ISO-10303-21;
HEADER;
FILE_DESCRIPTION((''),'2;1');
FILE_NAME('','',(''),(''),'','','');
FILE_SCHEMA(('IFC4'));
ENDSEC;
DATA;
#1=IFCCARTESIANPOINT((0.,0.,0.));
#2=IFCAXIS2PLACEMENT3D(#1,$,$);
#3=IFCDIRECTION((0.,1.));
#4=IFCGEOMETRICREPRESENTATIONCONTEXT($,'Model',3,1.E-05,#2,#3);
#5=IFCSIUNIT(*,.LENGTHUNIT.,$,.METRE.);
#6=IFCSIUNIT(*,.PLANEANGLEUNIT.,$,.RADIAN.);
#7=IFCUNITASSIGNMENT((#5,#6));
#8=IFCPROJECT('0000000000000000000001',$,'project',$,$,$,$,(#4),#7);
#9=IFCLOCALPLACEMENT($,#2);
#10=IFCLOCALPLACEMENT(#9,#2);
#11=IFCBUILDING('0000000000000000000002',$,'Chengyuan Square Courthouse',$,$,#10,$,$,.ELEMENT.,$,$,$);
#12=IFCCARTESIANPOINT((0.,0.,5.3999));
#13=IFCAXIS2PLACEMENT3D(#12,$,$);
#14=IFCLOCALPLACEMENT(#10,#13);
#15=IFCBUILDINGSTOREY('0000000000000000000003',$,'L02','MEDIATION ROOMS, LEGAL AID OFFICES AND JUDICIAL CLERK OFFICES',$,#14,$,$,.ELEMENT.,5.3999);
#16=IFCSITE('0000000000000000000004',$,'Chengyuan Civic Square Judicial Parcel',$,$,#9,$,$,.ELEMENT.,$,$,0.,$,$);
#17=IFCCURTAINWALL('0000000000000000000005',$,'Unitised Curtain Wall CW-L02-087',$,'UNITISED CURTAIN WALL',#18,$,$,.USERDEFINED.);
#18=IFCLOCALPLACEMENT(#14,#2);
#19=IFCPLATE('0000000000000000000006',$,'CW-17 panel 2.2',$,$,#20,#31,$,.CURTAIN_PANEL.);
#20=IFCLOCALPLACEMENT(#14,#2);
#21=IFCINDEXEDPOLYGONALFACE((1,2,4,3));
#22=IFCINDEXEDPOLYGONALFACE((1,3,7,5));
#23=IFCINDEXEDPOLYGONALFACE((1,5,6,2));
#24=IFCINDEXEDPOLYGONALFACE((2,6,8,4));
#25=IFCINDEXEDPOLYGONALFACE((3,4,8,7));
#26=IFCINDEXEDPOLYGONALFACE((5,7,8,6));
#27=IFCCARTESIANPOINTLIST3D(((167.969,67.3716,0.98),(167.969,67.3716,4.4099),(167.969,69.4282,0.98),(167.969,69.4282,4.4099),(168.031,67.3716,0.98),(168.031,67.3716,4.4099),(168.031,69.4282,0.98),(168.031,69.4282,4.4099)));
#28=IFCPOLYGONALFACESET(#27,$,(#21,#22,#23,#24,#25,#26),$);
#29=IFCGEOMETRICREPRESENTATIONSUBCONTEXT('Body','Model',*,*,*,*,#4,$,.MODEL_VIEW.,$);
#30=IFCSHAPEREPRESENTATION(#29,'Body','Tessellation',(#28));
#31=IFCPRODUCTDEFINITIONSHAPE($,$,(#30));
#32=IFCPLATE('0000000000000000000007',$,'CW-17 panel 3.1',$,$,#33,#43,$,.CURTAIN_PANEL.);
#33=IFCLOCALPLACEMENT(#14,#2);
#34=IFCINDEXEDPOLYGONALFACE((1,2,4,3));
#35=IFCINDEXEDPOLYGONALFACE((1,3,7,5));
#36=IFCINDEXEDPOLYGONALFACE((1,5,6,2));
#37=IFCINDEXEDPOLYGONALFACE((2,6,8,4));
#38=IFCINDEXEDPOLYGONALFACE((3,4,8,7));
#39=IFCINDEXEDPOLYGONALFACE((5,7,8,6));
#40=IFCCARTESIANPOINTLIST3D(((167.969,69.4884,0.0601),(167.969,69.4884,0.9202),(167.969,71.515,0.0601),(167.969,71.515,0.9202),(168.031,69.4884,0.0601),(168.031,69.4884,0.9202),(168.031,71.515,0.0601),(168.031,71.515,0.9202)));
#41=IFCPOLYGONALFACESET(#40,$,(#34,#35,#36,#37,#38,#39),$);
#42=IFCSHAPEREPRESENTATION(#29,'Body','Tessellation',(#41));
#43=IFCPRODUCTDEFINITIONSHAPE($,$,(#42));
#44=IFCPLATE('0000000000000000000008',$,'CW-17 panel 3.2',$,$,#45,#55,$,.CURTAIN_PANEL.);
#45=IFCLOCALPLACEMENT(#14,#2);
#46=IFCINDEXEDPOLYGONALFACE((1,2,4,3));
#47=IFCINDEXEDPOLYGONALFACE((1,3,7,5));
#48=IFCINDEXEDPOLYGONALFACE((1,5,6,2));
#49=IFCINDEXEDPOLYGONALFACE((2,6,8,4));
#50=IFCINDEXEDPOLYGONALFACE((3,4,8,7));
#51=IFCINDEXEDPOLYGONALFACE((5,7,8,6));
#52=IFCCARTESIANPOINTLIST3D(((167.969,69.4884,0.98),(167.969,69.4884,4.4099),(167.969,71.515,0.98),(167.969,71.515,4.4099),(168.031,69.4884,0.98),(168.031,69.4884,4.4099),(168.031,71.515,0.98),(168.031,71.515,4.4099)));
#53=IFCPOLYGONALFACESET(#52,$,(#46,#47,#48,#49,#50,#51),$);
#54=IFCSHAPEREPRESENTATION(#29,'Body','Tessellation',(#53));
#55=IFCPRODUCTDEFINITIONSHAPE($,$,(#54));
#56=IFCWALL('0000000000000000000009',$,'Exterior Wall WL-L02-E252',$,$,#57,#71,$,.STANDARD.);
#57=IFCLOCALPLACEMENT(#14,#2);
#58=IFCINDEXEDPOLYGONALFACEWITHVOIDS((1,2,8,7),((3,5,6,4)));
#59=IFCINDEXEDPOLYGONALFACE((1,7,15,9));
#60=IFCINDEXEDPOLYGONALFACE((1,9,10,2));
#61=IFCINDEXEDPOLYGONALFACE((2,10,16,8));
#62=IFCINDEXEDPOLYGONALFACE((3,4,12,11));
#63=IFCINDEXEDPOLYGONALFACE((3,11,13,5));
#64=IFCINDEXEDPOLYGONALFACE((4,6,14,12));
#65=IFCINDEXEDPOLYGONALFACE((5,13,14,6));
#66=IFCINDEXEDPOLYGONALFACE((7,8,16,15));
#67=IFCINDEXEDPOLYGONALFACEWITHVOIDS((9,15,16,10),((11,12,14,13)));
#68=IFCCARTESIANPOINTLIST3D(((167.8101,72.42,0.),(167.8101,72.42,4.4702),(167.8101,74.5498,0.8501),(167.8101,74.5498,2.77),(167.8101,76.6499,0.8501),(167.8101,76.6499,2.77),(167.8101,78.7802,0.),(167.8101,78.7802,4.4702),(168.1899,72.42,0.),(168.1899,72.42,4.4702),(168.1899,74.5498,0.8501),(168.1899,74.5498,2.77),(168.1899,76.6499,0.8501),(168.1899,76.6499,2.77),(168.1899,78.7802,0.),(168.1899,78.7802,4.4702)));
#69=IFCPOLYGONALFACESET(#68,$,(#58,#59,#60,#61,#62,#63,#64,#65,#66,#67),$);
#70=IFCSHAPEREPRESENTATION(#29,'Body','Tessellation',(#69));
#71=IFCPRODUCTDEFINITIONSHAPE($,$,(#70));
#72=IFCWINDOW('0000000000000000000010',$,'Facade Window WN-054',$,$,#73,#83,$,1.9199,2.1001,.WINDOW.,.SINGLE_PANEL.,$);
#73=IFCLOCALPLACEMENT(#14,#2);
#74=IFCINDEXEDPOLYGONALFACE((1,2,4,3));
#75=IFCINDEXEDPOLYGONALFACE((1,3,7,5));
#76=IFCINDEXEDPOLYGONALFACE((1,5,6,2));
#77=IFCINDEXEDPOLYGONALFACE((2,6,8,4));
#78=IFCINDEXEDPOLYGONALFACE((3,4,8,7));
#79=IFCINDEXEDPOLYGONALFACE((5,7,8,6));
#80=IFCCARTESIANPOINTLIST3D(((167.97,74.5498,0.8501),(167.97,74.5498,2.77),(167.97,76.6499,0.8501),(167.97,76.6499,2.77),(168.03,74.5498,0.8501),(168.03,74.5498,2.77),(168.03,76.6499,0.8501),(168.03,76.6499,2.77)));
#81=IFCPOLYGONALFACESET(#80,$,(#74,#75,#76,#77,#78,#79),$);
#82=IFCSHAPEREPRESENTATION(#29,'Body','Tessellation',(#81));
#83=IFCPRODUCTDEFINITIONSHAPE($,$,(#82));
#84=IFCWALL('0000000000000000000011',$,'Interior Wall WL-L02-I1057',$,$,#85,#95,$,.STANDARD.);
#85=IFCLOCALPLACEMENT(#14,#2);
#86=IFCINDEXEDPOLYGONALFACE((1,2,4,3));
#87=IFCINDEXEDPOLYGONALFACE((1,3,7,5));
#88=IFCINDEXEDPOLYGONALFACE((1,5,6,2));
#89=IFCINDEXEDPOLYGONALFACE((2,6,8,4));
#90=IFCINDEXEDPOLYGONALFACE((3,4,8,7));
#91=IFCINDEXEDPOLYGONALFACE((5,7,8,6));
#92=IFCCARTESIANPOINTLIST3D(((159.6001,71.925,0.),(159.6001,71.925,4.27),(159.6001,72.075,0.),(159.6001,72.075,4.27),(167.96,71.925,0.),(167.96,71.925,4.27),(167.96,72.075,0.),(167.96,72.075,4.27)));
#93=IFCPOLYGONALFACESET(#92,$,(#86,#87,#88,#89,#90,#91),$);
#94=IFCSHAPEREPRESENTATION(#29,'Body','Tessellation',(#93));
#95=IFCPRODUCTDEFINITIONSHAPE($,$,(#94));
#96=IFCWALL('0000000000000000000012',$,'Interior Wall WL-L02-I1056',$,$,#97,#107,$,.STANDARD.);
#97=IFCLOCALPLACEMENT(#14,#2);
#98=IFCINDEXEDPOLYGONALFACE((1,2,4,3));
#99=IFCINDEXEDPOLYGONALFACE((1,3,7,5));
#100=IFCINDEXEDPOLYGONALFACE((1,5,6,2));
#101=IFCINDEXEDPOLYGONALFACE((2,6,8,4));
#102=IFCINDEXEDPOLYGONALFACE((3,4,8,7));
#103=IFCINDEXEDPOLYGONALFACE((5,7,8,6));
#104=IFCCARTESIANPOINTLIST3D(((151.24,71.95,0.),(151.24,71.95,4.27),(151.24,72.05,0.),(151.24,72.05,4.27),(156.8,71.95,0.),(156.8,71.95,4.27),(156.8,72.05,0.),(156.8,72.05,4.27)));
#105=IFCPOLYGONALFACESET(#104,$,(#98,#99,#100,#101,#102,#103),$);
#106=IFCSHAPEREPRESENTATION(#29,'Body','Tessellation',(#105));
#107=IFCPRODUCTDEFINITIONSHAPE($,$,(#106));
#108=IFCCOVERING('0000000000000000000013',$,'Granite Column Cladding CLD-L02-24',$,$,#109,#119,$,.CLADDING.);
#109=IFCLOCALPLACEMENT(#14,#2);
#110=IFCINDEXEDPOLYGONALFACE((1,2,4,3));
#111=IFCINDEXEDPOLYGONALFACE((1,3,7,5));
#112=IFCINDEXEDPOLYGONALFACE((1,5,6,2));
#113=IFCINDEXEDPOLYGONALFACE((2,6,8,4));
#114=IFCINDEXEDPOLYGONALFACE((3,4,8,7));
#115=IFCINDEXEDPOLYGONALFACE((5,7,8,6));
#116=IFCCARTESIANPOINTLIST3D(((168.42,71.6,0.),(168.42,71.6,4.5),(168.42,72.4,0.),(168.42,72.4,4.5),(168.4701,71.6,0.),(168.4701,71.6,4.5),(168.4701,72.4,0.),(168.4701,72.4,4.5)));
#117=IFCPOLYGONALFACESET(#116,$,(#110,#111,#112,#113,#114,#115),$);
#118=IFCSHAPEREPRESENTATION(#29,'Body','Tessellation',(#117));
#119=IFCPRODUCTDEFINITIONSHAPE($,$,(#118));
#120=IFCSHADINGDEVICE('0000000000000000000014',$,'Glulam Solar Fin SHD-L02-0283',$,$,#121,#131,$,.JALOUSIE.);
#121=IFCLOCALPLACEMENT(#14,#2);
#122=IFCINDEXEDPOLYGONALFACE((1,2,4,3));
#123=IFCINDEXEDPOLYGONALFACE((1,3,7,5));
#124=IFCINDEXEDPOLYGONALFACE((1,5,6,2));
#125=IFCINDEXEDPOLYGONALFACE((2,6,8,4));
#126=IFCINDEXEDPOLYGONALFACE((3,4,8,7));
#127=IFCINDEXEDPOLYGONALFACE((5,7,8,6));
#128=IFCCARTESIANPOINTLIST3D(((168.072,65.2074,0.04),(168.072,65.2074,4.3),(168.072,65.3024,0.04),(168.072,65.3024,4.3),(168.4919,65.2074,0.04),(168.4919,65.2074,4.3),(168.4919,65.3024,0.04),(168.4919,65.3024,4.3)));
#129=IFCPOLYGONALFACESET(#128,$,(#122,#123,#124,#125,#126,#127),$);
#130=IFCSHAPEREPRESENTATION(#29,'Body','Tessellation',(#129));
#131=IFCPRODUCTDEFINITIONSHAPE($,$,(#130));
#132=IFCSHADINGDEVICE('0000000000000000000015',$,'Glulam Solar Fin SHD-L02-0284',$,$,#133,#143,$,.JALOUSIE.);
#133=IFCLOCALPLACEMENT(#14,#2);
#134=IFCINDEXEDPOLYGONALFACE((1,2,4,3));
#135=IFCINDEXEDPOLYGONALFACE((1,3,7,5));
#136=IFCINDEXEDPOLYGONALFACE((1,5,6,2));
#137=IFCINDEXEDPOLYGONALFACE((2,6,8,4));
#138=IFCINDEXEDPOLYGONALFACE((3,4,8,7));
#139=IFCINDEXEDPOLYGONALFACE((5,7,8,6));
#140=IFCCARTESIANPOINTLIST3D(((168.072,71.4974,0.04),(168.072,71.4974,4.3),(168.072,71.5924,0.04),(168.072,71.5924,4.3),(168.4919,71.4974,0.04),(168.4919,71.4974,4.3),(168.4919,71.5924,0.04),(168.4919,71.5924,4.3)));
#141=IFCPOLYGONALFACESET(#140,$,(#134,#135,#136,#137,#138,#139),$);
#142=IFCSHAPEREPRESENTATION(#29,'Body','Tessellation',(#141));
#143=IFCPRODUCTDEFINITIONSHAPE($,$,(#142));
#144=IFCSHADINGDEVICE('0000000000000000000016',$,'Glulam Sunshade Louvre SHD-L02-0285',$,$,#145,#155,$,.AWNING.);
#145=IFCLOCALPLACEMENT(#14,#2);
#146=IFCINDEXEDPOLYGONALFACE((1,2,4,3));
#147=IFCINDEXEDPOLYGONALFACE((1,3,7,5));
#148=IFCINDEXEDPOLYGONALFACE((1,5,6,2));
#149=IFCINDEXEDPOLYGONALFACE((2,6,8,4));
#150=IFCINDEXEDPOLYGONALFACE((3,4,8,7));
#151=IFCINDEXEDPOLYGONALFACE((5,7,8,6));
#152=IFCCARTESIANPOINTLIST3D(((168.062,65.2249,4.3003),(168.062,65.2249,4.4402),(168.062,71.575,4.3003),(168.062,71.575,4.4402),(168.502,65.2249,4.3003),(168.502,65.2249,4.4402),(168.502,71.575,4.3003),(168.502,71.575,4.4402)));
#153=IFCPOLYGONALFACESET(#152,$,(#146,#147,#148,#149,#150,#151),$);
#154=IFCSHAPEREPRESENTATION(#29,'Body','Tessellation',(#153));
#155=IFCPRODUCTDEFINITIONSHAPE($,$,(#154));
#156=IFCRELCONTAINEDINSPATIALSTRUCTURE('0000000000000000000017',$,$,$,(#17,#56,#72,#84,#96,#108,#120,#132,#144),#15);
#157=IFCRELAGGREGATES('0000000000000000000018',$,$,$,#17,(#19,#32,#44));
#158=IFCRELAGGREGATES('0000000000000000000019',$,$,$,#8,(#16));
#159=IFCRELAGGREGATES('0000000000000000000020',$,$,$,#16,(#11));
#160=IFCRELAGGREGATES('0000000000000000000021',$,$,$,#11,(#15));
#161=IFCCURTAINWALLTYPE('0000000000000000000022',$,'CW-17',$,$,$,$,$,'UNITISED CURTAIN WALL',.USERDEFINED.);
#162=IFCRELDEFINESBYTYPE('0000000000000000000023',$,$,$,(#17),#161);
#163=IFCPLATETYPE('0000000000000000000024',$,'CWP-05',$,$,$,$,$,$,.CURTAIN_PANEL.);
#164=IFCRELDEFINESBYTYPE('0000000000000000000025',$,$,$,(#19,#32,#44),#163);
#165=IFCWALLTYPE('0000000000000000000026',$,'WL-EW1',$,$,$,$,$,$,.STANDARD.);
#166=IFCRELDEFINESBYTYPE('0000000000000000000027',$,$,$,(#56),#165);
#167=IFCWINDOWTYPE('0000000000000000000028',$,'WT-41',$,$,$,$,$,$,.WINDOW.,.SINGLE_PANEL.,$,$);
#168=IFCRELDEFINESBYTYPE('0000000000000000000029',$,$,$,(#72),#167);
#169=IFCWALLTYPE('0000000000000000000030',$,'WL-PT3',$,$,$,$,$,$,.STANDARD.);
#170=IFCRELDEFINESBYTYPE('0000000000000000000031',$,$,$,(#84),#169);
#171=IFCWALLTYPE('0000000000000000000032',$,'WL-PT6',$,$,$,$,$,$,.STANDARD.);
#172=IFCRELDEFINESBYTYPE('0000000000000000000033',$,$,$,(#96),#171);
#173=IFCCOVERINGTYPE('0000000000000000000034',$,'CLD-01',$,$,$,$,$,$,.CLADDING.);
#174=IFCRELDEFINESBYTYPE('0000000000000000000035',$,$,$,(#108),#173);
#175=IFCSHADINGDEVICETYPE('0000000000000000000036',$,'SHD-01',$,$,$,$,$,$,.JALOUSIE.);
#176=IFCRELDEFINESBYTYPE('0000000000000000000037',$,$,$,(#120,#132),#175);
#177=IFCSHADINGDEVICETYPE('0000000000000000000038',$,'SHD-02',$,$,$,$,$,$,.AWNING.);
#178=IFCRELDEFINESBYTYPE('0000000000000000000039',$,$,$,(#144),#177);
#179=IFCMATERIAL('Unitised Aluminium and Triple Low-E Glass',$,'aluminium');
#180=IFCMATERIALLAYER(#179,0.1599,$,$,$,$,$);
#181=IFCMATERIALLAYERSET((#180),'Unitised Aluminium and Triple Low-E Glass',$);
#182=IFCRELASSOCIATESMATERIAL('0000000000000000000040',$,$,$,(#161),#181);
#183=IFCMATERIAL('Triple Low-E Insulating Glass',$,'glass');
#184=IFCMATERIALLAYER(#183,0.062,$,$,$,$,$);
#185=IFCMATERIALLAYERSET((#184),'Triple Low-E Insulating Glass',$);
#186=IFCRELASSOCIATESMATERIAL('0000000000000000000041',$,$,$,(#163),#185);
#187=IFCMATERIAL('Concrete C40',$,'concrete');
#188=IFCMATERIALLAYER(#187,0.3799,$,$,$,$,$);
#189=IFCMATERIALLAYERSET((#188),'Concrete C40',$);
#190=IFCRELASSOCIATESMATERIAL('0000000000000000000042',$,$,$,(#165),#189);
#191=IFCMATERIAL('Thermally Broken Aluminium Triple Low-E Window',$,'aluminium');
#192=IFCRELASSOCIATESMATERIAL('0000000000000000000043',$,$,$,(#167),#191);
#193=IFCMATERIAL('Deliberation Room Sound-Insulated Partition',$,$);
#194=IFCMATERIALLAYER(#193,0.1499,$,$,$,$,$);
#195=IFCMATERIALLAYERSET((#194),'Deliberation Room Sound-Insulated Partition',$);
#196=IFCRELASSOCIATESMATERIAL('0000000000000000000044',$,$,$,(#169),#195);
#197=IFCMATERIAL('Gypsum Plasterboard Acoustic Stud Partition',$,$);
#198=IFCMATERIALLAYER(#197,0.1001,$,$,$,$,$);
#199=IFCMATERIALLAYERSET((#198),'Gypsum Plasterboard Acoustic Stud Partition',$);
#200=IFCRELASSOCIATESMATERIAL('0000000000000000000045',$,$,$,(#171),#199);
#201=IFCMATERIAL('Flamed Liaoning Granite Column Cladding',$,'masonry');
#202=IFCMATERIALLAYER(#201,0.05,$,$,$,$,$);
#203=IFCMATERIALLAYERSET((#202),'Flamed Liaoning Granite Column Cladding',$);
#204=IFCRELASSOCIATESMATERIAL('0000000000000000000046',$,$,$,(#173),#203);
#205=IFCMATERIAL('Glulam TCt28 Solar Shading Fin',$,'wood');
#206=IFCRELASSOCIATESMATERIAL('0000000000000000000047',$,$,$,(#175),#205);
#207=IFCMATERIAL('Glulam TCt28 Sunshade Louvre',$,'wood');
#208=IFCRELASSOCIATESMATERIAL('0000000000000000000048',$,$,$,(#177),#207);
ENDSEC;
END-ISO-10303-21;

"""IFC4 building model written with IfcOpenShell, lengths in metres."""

from ifc_helpers import new_model, si_unit, direction, frame, frame_2d, origin, origin_2d, place, context, subcontext, project, spatial, rectangle, extrude, material, layer, layer_set, type_object, element, fill, aggregate, save


model = new_model("IFC4")

# Units and contexts
model_context = context("Model", 3, precision=1e-05, world=origin(), true_north=direction((0.0, 1.0)))
body_context = subcontext(model_context, "Body", "Model", "MODEL_VIEW")
ifc_project = project(units=[si_unit("LENGTHUNIT", "METRE"), si_unit("PLANEANGLEUNIT", "RADIAN")], contexts=[model_context])

# Site, building, storey
site_placement = place(None, origin())
site = spatial("IfcSite", under=ifc_project, at=site_placement, Name="Chengyuan Civic Square Judicial Parcel", CompositionType="ELEMENT", RefElevation=0.0)
building_placement = place(site_placement, origin())
building = spatial("IfcBuilding", under=site, at=building_placement, Name="Chengyuan Square Courthouse", CompositionType="ELEMENT")
storey_placement = place(building_placement, frame((0.0, 0.0, 5.3999)))
storey = spatial("IfcBuildingStorey", under=building, at=storey_placement, Name="L02", Description="MEDIATION ROOMS, LEGAL AID OFFICES AND JUDICIAL CLERK OFFICES", CompositionType="ELEMENT", Elevation=5.3999)

# Shared definitions
ifc_material_1 = material(Name="Concrete C40", Category="concrete")

# Curtain wall, plates
ifc_material_2 = material(Name="Unitised Aluminium and Triple Low-E Glass", Category="aluminium")
ifc_layer_1 = layer(ifc_material_2, 0.1599)
ifc_layer_set_1 = layer_set([ifc_layer_1], Name="Unitised Aluminium and Triple Low-E Glass")
curtain_wall_type = type_object("IfcCurtainWallType", Name="CW-17", ElementType="UNITISED CURTAIN WALL", PredefinedType="USERDEFINED", material=ifc_layer_set_1)
curtain_wall_placement = place(storey_placement, origin())
curtain_wall = element("IfcCurtainWall", 1, at=curtain_wall_placement, inside=storey, type_object=curtain_wall_type, Name="Unitised Curtain Wall CW-L02-087", ObjectType="UNITISED CURTAIN WALL", PredefinedType="USERDEFINED")
ifc_material_3 = material(Name="Triple Low-E Insulating Glass", Category="glass")
ifc_layer_2 = layer(ifc_material_3, 0.062)
ifc_layer_set_2 = layer_set([ifc_layer_2], Name="Triple Low-E Insulating Glass")
plate_type = type_object("IfcPlateType", Name="CWP-05", PredefinedType="CURTAIN_PANEL", material=ifc_layer_set_2)
plate_1_placement = place(storey_placement, frame((168.0, 68.3999, 0.98), z_axis=(0.0, 0.0, 1.0), x_axis=(0.0, 1.0, 0.0)))
plate_1 = element("IfcPlate", 2, at=plate_1_placement, type_object=plate_type, Name="CW-17 panel 2.2", PredefinedType="CURTAIN_PANEL", context=body_context, shape_type="SweptSolid", body=[
    extrude(rectangle(XDim=2.0566, YDim=0.062, at=origin_2d()), origin(), (0.0, 0.0, 1.0), 3.4299),
])
plate_2_placement = place(storey_placement, frame((168.0, 70.5017, 0.0601), z_axis=(0.0, 0.0, 1.0), x_axis=(0.0, 1.0, 0.0)))
plate_2 = element("IfcPlate", 3, at=plate_2_placement, type_object=plate_type, Name="CW-17 panel 3.1", PredefinedType="CURTAIN_PANEL", context=body_context, shape_type="SweptSolid", body=[
    extrude(rectangle(XDim=2.0266, YDim=0.062, at=origin_2d()), origin(), (0.0, 0.0, 1.0), 0.8601),
])
plate_3_placement = place(storey_placement, frame((168.0, 70.5017, 0.98), z_axis=(0.0, 0.0, 1.0), x_axis=(0.0, 1.0, 0.0)))
plate_3 = element("IfcPlate", 4, at=plate_3_placement, type_object=plate_type, Name="CW-17 panel 3.2", PredefinedType="CURTAIN_PANEL", context=body_context, shape_type="SweptSolid", body=[
    extrude(rectangle(XDim=2.0266, YDim=0.062, at=origin_2d()), origin(), (0.0, 0.0, 1.0), 3.4299),
])
aggregate(curtain_wall, [plate_1, plate_2, plate_3])

# Wall, opening, window
ifc_layer_3 = layer(ifc_material_1, 0.3799)
ifc_layer_set_3 = layer_set([ifc_layer_3], Name="Concrete C40")
wall_type_1 = type_object("IfcWallType", Name="WL-EW1", PredefinedType="STANDARD", material=ifc_layer_set_3)
wall_1_placement = place(storey_placement, frame((168.0, 72.4199, 0.0), z_axis=(0.0, 0.0, 1.0), x_axis=(0.0, 1.0, 0.0)))
wall_1 = element("IfcWall", 5, at=wall_1_placement, inside=storey, type_object=wall_type_1, Name="Exterior Wall WL-L02-E252", PredefinedType="STANDARD", context=body_context, shape_type="SweptSolid", body=[
    extrude(rectangle(XDim=6.3601, YDim=0.3799, at=frame_2d((3.1802, 0.0))), origin(), (0.0, 0.0, 1.0), 4.4702),
])
opening_placement = place(wall_1_placement, frame((2.1299, 0.0, 0.8501)))
opening = element("IfcOpeningElement", 6, at=opening_placement, cuts=wall_1, PredefinedType="OPENING", context=body_context, shape_type="SweptSolid", body=[
    extrude(rectangle(XDim=2.1001, YDim=1.9199, at=frame_2d((1.05, 0.96))), frame((0.0, 0.2019, 0.0), z_axis=(0.0, -1.0, 0.0), x_axis=(1.0, 0.0, 0.0)), (0.0, 0.0, 1.0), 0.4038),
])
ifc_material_4 = material(Name="Thermally Broken Aluminium Triple Low-E Window", Category="aluminium")
window_type = type_object("IfcWindowType", Name="WT-41", PartitioningType="SINGLE_PANEL", PredefinedType="WINDOW", material=ifc_material_4)
window_placement = place(opening_placement, origin())
window = element("IfcWindow", 7, at=window_placement, inside=storey, type_object=window_type, Name="Facade Window WN-054", OverallHeight=1.9199, OverallWidth=2.1001, PartitioningType="SINGLE_PANEL", PredefinedType="WINDOW", context=body_context, shape_type="SweptSolid", body=[
    extrude(rectangle(XDim=2.1001, YDim=1.9199, at=frame_2d((1.05, 0.96))), frame((0.0, 0.03, 0.0), z_axis=(0.0, -1.0, 0.0), x_axis=(1.0, 0.0, 0.0)), (0.0, 0.0, 1.0), 0.0601),
])
fill(opening, window)

# Walls
ifc_material_5 = material(Name="Deliberation Room Sound-Insulated Partition")
ifc_layer_4 = layer(ifc_material_5, 0.1499)
ifc_layer_set_4 = layer_set([ifc_layer_4], Name="Deliberation Room Sound-Insulated Partition")
wall_type_2 = type_object("IfcWallType", Name="WL-PT3", PredefinedType="STANDARD", material=ifc_layer_set_4)
wall_2_placement = place(storey_placement, frame((159.6001, 72.0, 0.0), z_axis=(0.0, 0.0, 1.0), x_axis=(1.0, 0.0, 0.0)))
element("IfcWall", 8, at=wall_2_placement, inside=storey, type_object=wall_type_2, Name="Interior Wall WL-L02-I1057", PredefinedType="STANDARD", context=body_context, shape_type="SweptSolid", body=[
    extrude(rectangle(XDim=8.3599, YDim=0.1499, at=frame_2d((4.1799, 0.0))), origin(), (0.0, 0.0, 1.0), 4.27),
])
ifc_material_6 = material(Name="Gypsum Plasterboard Acoustic Stud Partition")
ifc_layer_5 = layer(ifc_material_6, 0.1001)
ifc_layer_set_5 = layer_set([ifc_layer_5], Name="Gypsum Plasterboard Acoustic Stud Partition")
wall_type_3 = type_object("IfcWallType", Name="WL-PT6", PredefinedType="STANDARD", material=ifc_layer_set_5)
wall_3_placement = place(storey_placement, frame((151.24, 72.0, 0.0), z_axis=(0.0, 0.0, 1.0), x_axis=(1.0, 0.0, 0.0)))
element("IfcWall", 9, at=wall_3_placement, inside=storey, type_object=wall_type_3, Name="Interior Wall WL-L02-I1056", PredefinedType="STANDARD", context=body_context, shape_type="SweptSolid", body=[
    extrude(rectangle(XDim=5.5601, YDim=0.1001, at=frame_2d((2.78, 0.0))), origin(), (0.0, 0.0, 1.0), 4.27),
])

# Covering
ifc_material_7 = material(Name="Flamed Liaoning Granite Column Cladding", Category="masonry")
ifc_layer_6 = layer(ifc_material_7, 0.05)
ifc_layer_set_6 = layer_set([ifc_layer_6], Name="Flamed Liaoning Granite Column Cladding")
covering_type = type_object("IfcCoveringType", Name="CLD-01", PredefinedType="CLADDING", material=ifc_layer_set_6)
covering_placement = place(storey_placement, frame((168.4451, 72.0, 0.0), z_axis=(0.0, 0.0, 1.0), x_axis=(1.0, 0.0, 0.0)))
element("IfcCovering", 10, at=covering_placement, inside=storey, type_object=covering_type, Name="Granite Column Cladding CLD-L02-24", PredefinedType="CLADDING", context=body_context, shape_type="SweptSolid", body=[
    extrude(rectangle(XDim=0.05, YDim=0.8, at=origin_2d()), origin(), (0.0, 0.0, 1.0), 4.5),
])

# Shading devices
ifc_material_8 = material(Name="Glulam TCt28 Solar Shading Fin", Category="wood")
shading_device_type_1 = type_object("IfcShadingDeviceType", Name="SHD-01", PredefinedType="JALOUSIE", material=ifc_material_8)
for number, where, z_axis, x_axis, name in (
    (11, (168.282, 65.2549, 0.04), (0.0, 0.0, 1.0), (1.0, 0.0, 0.0), "Glulam Solar Fin SHD-L02-0283"),
    (12, (168.282, 71.5449, 0.04), (0.0, 0.0, 1.0), (1.0, 0.0, 0.0), "Glulam Solar Fin SHD-L02-0284"),
):
    element("IfcShadingDevice", number, at=place(storey_placement, frame(where, z_axis=z_axis, x_axis=x_axis)), inside=storey, type_object=shading_device_type_1, Name=name, PredefinedType="JALOUSIE", context=body_context, shape_type="SweptSolid", body=[
        extrude(rectangle(XDim=0.4199, YDim=0.095, at=origin_2d()), origin(), (0.0, 0.0, 1.0), 4.26),
    ])
ifc_material_9 = material(Name="Glulam TCt28 Sunshade Louvre", Category="wood")
shading_device_type_2 = type_object("IfcShadingDeviceType", Name="SHD-02", PredefinedType="AWNING", material=ifc_material_9)
shading_device_placement = place(storey_placement, frame((168.282, 68.3999, 4.3003), z_axis=(0.0, 0.0, 1.0), x_axis=(0.0, 1.0, 0.0)))
element("IfcShadingDevice", 13, at=shading_device_placement, inside=storey, type_object=shading_device_type_2, Name="Glulam Sunshade Louvre SHD-L02-0285", PredefinedType="AWNING", context=body_context, shape_type="SweptSolid", body=[
    extrude(rectangle(XDim=6.3501, YDim=0.4399, at=origin_2d()), origin(), (0.0, 0.0, 1.0), 0.1399),
])

save(model, "model.ifc")
